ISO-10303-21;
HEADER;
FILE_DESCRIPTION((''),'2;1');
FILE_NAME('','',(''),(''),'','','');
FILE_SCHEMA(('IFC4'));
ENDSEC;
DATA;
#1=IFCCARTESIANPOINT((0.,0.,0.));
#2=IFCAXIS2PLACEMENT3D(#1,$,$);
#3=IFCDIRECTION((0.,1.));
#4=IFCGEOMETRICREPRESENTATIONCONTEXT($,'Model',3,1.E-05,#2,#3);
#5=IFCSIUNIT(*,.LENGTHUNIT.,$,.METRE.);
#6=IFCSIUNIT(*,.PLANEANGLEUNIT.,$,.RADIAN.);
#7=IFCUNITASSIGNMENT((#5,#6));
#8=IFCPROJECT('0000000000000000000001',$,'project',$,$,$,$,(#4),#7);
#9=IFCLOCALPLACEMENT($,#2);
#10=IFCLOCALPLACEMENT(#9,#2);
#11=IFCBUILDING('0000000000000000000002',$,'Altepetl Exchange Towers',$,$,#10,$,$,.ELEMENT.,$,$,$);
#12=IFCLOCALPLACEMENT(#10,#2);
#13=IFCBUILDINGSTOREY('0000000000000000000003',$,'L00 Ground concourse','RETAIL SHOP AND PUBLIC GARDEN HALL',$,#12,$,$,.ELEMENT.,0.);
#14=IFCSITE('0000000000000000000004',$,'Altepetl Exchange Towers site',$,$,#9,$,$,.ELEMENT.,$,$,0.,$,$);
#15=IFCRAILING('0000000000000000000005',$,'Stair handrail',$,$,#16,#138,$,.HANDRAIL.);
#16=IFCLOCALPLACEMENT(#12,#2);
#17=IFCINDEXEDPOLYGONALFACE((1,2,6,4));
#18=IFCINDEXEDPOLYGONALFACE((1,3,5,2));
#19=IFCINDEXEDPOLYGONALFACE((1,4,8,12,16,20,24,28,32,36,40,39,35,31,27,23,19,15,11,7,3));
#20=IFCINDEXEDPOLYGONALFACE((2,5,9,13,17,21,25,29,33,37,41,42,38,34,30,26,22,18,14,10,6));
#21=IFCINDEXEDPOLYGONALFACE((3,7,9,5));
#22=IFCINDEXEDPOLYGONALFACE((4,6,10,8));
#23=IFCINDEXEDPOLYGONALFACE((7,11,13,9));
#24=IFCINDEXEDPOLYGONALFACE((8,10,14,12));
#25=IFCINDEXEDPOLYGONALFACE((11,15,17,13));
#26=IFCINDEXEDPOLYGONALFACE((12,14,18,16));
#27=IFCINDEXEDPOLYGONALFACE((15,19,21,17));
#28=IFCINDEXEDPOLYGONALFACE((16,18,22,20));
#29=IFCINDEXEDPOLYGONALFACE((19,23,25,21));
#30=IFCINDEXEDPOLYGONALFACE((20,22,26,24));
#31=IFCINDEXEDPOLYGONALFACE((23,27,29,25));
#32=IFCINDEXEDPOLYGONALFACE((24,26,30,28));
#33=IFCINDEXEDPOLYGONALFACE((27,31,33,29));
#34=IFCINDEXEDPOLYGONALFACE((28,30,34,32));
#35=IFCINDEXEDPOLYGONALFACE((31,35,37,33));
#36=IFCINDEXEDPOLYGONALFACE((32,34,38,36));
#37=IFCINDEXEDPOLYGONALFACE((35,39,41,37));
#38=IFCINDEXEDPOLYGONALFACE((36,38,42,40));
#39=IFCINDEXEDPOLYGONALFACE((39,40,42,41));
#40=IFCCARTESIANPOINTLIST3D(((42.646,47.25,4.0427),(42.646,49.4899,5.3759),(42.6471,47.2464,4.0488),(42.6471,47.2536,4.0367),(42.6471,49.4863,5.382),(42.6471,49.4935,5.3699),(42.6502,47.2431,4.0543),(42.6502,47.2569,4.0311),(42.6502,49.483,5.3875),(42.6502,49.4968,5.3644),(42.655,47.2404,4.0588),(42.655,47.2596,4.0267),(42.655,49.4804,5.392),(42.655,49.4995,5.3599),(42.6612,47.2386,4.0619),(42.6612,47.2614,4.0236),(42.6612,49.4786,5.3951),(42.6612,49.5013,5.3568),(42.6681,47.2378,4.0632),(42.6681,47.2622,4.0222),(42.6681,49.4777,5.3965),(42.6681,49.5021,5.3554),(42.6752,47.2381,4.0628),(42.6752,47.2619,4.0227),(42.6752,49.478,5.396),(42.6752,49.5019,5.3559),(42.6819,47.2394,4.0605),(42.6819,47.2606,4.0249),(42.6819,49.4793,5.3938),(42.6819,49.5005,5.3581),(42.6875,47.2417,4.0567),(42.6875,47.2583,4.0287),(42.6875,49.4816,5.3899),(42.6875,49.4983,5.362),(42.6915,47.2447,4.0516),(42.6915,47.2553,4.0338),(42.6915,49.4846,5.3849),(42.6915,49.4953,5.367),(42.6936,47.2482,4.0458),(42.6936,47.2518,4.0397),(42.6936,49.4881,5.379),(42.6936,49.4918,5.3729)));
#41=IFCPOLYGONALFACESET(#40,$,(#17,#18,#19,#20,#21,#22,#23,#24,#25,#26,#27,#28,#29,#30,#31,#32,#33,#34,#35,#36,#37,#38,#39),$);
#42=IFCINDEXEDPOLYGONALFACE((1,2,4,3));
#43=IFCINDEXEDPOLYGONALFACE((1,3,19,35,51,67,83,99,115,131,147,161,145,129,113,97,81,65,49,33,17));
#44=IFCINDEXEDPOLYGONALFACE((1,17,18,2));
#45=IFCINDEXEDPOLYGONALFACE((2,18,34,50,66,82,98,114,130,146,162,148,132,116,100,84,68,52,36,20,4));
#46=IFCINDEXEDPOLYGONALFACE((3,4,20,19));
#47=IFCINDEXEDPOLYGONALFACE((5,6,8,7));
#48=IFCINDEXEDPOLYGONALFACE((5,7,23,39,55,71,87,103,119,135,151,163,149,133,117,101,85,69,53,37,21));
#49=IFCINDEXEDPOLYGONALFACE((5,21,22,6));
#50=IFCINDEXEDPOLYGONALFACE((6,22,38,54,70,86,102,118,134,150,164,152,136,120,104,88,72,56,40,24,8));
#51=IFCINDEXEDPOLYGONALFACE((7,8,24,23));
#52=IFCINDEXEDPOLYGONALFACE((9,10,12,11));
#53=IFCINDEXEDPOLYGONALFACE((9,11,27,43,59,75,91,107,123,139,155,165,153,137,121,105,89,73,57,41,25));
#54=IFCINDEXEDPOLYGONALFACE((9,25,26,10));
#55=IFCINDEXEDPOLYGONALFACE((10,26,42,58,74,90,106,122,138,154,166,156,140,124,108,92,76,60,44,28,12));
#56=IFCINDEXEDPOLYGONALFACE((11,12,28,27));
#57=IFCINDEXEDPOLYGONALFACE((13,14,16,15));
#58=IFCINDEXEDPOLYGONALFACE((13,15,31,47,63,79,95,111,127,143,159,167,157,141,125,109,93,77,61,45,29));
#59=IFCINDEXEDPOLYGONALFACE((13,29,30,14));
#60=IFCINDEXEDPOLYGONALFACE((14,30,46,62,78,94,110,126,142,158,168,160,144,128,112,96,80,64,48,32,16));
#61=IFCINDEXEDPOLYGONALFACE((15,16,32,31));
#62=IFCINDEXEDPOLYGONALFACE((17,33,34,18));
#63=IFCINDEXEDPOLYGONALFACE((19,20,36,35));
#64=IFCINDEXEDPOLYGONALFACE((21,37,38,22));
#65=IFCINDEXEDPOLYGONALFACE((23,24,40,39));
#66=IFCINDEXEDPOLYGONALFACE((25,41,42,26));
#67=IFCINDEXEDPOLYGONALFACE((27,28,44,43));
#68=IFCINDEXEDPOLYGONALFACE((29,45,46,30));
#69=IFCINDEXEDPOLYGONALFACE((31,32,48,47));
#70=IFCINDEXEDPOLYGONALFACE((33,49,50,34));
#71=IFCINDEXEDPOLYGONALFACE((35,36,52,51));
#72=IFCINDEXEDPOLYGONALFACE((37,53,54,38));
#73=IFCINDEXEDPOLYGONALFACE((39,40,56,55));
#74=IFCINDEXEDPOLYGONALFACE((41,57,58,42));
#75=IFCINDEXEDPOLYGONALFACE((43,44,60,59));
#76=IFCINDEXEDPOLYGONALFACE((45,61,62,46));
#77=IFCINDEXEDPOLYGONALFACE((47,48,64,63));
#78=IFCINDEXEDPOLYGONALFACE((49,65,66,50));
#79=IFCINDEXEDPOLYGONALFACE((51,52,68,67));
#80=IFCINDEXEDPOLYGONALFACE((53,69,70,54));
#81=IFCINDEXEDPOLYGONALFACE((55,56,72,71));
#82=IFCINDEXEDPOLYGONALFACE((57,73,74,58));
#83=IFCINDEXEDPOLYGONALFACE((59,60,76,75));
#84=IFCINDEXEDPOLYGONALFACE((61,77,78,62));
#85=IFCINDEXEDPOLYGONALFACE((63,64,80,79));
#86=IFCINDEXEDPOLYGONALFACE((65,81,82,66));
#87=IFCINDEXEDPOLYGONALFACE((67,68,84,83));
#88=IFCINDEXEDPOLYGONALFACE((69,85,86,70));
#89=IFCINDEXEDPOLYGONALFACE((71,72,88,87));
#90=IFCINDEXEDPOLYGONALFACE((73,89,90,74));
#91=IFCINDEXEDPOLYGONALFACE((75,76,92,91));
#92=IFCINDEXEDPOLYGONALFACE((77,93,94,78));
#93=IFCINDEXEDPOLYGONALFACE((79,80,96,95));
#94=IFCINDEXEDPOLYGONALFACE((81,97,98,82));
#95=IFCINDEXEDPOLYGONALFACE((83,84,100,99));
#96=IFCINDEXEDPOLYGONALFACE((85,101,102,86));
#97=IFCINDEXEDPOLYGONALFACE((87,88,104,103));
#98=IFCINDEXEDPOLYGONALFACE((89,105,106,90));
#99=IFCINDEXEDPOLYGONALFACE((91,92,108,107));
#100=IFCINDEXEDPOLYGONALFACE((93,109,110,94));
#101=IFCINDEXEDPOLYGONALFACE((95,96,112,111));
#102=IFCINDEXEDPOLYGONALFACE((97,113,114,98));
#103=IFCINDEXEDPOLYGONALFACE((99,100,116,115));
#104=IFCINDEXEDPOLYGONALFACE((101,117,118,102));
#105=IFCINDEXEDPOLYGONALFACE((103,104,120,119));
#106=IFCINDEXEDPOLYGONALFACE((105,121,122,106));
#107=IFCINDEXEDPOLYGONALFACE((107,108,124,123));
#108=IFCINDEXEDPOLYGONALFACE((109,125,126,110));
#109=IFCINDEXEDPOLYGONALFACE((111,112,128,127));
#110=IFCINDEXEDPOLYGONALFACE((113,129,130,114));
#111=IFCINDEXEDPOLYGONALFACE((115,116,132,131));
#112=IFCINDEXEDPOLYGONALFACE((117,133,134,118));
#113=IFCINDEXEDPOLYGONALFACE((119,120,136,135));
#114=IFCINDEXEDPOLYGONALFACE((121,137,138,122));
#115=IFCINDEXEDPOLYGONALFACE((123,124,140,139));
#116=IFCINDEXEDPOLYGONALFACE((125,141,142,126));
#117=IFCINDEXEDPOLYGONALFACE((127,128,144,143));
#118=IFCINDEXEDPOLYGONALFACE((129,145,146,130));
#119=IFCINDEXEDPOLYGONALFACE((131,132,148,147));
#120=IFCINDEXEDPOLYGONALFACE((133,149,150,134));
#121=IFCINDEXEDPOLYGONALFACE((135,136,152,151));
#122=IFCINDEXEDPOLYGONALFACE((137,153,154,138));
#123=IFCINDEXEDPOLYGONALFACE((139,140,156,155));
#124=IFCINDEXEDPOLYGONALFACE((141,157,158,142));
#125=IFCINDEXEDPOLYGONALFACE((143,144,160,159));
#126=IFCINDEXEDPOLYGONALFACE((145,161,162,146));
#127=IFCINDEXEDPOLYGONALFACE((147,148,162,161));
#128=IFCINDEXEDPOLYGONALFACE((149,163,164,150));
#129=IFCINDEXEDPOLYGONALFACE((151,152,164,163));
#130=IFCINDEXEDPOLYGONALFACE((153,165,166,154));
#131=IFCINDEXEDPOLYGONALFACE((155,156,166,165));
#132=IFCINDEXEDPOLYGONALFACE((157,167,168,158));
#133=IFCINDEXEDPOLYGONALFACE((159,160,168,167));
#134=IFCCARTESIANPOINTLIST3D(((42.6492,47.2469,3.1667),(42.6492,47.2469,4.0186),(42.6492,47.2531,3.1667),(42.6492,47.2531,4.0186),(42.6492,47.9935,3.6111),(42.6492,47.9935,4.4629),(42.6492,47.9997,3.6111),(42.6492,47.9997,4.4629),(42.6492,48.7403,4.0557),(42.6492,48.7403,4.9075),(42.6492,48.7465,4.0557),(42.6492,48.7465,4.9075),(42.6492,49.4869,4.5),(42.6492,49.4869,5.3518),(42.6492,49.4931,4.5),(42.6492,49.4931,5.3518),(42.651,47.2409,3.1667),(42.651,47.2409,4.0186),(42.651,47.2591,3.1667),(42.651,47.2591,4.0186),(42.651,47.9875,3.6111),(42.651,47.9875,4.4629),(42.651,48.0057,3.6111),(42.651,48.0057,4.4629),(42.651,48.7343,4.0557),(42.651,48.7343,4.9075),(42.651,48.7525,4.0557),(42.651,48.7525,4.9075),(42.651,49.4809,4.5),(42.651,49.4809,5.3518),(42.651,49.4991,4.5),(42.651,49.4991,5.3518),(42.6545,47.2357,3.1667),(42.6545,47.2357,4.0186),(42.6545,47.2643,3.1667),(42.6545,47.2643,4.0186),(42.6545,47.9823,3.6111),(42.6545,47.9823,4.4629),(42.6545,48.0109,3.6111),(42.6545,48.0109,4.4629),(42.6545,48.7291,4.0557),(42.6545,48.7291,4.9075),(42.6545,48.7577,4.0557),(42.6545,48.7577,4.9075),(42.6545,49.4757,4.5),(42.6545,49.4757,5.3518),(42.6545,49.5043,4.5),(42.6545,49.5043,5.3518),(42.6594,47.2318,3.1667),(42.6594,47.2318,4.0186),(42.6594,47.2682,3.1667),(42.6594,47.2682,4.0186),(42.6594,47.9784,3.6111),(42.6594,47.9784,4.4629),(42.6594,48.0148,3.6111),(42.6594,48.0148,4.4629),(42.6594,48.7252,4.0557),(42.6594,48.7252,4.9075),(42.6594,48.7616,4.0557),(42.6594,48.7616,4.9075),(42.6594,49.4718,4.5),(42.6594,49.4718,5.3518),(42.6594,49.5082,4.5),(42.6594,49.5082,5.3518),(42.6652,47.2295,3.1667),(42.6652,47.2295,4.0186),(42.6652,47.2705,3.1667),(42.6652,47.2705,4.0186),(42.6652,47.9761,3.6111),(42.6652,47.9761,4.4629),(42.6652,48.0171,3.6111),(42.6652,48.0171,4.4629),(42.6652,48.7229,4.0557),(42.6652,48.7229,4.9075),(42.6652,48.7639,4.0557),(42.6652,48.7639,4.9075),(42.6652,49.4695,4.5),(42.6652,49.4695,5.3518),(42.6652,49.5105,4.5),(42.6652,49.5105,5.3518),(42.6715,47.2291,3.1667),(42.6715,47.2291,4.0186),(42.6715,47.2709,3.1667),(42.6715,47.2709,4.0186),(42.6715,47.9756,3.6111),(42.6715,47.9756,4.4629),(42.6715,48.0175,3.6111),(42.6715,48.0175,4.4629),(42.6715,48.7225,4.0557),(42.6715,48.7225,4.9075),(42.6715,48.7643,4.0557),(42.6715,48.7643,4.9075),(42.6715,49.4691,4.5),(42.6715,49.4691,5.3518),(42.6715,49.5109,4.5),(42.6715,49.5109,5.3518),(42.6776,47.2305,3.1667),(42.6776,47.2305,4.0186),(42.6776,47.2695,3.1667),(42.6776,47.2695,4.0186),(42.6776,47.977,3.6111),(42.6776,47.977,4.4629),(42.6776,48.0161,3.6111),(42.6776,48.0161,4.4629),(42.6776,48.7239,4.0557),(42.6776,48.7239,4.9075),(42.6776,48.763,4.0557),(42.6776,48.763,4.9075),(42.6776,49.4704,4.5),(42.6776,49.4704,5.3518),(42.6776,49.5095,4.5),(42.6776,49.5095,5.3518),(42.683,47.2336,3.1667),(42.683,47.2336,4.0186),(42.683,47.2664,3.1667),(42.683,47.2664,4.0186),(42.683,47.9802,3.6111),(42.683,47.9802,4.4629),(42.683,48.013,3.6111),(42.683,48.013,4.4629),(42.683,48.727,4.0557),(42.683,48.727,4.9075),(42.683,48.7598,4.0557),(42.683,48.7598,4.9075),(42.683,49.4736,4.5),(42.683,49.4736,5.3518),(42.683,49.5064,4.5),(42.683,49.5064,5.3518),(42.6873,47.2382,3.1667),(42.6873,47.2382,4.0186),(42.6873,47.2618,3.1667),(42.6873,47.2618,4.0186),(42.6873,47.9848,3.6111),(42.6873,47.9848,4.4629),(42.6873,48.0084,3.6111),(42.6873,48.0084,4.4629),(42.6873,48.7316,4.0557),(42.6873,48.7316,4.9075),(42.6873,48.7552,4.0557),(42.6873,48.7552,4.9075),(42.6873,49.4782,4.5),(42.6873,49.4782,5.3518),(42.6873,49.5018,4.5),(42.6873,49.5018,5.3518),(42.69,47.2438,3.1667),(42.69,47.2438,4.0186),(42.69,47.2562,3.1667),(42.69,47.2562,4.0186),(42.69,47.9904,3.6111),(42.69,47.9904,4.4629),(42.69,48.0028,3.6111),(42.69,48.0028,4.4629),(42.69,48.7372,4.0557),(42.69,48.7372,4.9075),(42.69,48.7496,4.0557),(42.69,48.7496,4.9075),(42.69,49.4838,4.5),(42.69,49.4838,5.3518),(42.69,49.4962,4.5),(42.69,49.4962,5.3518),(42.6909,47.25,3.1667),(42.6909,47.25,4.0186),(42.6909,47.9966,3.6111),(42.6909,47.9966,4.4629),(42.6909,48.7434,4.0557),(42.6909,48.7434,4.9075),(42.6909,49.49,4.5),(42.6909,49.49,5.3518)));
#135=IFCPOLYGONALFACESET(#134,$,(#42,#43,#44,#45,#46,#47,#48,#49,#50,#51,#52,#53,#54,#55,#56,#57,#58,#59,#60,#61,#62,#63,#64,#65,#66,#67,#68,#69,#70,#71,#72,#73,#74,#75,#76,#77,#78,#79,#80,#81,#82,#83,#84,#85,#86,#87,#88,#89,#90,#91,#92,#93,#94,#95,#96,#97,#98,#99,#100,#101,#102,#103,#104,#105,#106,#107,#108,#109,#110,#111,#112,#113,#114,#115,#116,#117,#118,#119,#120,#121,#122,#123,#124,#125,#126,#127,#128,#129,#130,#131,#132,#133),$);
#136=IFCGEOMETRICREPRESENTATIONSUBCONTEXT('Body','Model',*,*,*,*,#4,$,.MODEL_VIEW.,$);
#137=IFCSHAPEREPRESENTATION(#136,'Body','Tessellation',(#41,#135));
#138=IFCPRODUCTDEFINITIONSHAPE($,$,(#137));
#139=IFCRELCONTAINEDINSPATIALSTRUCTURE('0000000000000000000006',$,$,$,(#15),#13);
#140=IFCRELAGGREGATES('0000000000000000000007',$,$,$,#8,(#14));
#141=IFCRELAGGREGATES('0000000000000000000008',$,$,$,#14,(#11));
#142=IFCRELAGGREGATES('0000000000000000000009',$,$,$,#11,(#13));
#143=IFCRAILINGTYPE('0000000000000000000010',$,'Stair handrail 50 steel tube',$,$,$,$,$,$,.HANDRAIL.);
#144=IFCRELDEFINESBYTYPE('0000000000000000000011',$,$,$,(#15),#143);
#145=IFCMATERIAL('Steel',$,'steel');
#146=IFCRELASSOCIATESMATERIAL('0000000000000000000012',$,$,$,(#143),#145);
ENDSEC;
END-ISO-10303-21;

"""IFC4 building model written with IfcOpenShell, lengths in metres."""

from ifc_helpers import new_model, si_unit, direction, frame, origin, origin_2d, place, context, subcontext, project, spatial, circle, extrude, source, transform, mapped, material, type_object, element, save


model = new_model("IFC4")

# Units and contexts
model_context = context("Model", 3, precision=1e-05, world=origin(), true_north=direction((0.0, 1.0)))
body_context = subcontext(model_context, "Body", "Model", "MODEL_VIEW")
ifc_project = project(units=[si_unit("LENGTHUNIT", "METRE"), si_unit("PLANEANGLEUNIT", "RADIAN")], contexts=[model_context])

# Site, building, storey
site_placement = place(None, origin())
site = spatial("IfcSite", under=ifc_project, at=site_placement, Name="Altepetl Exchange Towers site", CompositionType="ELEMENT", RefElevation=0.0)
building_placement = place(site_placement, origin())
building = spatial("IfcBuilding", under=site, at=building_placement, Name="Altepetl Exchange Towers", CompositionType="ELEMENT")
storey_placement = place(building_placement, origin())
storey = spatial("IfcBuildingStorey", under=building, at=storey_placement, Name="L00 Ground concourse", Description="RETAIL SHOP AND PUBLIC GARDEN HALL", CompositionType="ELEMENT", Elevation=0.0)

# Railing
ifc_material_1 = material(Name="Steel", Category="steel")
railing_type = type_object("IfcRailingType", Name="Stair handrail 50 steel tube", PredefinedType="HANDRAIL", material=ifc_material_1)
shared_shape = source(origin(), body_context, "Body", "SweptSolid", [
    extrude(circle(Radius=0.021, at=origin_2d()), origin(), (0.0, 0.0, 1.0), 0.8518),
])
railing_1_placement = place(storey_placement, frame((42.6699, 47.25, 3.1667)))
element("IfcRailing", 1, at=railing_1_placement, inside=storey, type_object=railing_type, Name="Stair handrail", PredefinedType="HANDRAIL", context=body_context, shape_type="SweptSolid", body=[
    extrude(circle(Radius=0.0239, at=origin_2d()), frame((0.0, 0.0, 0.876), z_axis=(0.0, 0.859306, 0.511462), x_axis=(-1.0, 0.0, 0.0)), (0.0, 0.0, 1.0), 2.6067),
    mapped(shared_shape, transform((0.0, 0.0, 0.0))),
    mapped(shared_shape, transform((0.0, 0.7466, 0.4443))),
    mapped(shared_shape, transform((0.0, 1.4934, 0.8889))),
    mapped(shared_shape, transform((0.0, 2.24, 1.3333))),
])

save(model, "model.ifc")
